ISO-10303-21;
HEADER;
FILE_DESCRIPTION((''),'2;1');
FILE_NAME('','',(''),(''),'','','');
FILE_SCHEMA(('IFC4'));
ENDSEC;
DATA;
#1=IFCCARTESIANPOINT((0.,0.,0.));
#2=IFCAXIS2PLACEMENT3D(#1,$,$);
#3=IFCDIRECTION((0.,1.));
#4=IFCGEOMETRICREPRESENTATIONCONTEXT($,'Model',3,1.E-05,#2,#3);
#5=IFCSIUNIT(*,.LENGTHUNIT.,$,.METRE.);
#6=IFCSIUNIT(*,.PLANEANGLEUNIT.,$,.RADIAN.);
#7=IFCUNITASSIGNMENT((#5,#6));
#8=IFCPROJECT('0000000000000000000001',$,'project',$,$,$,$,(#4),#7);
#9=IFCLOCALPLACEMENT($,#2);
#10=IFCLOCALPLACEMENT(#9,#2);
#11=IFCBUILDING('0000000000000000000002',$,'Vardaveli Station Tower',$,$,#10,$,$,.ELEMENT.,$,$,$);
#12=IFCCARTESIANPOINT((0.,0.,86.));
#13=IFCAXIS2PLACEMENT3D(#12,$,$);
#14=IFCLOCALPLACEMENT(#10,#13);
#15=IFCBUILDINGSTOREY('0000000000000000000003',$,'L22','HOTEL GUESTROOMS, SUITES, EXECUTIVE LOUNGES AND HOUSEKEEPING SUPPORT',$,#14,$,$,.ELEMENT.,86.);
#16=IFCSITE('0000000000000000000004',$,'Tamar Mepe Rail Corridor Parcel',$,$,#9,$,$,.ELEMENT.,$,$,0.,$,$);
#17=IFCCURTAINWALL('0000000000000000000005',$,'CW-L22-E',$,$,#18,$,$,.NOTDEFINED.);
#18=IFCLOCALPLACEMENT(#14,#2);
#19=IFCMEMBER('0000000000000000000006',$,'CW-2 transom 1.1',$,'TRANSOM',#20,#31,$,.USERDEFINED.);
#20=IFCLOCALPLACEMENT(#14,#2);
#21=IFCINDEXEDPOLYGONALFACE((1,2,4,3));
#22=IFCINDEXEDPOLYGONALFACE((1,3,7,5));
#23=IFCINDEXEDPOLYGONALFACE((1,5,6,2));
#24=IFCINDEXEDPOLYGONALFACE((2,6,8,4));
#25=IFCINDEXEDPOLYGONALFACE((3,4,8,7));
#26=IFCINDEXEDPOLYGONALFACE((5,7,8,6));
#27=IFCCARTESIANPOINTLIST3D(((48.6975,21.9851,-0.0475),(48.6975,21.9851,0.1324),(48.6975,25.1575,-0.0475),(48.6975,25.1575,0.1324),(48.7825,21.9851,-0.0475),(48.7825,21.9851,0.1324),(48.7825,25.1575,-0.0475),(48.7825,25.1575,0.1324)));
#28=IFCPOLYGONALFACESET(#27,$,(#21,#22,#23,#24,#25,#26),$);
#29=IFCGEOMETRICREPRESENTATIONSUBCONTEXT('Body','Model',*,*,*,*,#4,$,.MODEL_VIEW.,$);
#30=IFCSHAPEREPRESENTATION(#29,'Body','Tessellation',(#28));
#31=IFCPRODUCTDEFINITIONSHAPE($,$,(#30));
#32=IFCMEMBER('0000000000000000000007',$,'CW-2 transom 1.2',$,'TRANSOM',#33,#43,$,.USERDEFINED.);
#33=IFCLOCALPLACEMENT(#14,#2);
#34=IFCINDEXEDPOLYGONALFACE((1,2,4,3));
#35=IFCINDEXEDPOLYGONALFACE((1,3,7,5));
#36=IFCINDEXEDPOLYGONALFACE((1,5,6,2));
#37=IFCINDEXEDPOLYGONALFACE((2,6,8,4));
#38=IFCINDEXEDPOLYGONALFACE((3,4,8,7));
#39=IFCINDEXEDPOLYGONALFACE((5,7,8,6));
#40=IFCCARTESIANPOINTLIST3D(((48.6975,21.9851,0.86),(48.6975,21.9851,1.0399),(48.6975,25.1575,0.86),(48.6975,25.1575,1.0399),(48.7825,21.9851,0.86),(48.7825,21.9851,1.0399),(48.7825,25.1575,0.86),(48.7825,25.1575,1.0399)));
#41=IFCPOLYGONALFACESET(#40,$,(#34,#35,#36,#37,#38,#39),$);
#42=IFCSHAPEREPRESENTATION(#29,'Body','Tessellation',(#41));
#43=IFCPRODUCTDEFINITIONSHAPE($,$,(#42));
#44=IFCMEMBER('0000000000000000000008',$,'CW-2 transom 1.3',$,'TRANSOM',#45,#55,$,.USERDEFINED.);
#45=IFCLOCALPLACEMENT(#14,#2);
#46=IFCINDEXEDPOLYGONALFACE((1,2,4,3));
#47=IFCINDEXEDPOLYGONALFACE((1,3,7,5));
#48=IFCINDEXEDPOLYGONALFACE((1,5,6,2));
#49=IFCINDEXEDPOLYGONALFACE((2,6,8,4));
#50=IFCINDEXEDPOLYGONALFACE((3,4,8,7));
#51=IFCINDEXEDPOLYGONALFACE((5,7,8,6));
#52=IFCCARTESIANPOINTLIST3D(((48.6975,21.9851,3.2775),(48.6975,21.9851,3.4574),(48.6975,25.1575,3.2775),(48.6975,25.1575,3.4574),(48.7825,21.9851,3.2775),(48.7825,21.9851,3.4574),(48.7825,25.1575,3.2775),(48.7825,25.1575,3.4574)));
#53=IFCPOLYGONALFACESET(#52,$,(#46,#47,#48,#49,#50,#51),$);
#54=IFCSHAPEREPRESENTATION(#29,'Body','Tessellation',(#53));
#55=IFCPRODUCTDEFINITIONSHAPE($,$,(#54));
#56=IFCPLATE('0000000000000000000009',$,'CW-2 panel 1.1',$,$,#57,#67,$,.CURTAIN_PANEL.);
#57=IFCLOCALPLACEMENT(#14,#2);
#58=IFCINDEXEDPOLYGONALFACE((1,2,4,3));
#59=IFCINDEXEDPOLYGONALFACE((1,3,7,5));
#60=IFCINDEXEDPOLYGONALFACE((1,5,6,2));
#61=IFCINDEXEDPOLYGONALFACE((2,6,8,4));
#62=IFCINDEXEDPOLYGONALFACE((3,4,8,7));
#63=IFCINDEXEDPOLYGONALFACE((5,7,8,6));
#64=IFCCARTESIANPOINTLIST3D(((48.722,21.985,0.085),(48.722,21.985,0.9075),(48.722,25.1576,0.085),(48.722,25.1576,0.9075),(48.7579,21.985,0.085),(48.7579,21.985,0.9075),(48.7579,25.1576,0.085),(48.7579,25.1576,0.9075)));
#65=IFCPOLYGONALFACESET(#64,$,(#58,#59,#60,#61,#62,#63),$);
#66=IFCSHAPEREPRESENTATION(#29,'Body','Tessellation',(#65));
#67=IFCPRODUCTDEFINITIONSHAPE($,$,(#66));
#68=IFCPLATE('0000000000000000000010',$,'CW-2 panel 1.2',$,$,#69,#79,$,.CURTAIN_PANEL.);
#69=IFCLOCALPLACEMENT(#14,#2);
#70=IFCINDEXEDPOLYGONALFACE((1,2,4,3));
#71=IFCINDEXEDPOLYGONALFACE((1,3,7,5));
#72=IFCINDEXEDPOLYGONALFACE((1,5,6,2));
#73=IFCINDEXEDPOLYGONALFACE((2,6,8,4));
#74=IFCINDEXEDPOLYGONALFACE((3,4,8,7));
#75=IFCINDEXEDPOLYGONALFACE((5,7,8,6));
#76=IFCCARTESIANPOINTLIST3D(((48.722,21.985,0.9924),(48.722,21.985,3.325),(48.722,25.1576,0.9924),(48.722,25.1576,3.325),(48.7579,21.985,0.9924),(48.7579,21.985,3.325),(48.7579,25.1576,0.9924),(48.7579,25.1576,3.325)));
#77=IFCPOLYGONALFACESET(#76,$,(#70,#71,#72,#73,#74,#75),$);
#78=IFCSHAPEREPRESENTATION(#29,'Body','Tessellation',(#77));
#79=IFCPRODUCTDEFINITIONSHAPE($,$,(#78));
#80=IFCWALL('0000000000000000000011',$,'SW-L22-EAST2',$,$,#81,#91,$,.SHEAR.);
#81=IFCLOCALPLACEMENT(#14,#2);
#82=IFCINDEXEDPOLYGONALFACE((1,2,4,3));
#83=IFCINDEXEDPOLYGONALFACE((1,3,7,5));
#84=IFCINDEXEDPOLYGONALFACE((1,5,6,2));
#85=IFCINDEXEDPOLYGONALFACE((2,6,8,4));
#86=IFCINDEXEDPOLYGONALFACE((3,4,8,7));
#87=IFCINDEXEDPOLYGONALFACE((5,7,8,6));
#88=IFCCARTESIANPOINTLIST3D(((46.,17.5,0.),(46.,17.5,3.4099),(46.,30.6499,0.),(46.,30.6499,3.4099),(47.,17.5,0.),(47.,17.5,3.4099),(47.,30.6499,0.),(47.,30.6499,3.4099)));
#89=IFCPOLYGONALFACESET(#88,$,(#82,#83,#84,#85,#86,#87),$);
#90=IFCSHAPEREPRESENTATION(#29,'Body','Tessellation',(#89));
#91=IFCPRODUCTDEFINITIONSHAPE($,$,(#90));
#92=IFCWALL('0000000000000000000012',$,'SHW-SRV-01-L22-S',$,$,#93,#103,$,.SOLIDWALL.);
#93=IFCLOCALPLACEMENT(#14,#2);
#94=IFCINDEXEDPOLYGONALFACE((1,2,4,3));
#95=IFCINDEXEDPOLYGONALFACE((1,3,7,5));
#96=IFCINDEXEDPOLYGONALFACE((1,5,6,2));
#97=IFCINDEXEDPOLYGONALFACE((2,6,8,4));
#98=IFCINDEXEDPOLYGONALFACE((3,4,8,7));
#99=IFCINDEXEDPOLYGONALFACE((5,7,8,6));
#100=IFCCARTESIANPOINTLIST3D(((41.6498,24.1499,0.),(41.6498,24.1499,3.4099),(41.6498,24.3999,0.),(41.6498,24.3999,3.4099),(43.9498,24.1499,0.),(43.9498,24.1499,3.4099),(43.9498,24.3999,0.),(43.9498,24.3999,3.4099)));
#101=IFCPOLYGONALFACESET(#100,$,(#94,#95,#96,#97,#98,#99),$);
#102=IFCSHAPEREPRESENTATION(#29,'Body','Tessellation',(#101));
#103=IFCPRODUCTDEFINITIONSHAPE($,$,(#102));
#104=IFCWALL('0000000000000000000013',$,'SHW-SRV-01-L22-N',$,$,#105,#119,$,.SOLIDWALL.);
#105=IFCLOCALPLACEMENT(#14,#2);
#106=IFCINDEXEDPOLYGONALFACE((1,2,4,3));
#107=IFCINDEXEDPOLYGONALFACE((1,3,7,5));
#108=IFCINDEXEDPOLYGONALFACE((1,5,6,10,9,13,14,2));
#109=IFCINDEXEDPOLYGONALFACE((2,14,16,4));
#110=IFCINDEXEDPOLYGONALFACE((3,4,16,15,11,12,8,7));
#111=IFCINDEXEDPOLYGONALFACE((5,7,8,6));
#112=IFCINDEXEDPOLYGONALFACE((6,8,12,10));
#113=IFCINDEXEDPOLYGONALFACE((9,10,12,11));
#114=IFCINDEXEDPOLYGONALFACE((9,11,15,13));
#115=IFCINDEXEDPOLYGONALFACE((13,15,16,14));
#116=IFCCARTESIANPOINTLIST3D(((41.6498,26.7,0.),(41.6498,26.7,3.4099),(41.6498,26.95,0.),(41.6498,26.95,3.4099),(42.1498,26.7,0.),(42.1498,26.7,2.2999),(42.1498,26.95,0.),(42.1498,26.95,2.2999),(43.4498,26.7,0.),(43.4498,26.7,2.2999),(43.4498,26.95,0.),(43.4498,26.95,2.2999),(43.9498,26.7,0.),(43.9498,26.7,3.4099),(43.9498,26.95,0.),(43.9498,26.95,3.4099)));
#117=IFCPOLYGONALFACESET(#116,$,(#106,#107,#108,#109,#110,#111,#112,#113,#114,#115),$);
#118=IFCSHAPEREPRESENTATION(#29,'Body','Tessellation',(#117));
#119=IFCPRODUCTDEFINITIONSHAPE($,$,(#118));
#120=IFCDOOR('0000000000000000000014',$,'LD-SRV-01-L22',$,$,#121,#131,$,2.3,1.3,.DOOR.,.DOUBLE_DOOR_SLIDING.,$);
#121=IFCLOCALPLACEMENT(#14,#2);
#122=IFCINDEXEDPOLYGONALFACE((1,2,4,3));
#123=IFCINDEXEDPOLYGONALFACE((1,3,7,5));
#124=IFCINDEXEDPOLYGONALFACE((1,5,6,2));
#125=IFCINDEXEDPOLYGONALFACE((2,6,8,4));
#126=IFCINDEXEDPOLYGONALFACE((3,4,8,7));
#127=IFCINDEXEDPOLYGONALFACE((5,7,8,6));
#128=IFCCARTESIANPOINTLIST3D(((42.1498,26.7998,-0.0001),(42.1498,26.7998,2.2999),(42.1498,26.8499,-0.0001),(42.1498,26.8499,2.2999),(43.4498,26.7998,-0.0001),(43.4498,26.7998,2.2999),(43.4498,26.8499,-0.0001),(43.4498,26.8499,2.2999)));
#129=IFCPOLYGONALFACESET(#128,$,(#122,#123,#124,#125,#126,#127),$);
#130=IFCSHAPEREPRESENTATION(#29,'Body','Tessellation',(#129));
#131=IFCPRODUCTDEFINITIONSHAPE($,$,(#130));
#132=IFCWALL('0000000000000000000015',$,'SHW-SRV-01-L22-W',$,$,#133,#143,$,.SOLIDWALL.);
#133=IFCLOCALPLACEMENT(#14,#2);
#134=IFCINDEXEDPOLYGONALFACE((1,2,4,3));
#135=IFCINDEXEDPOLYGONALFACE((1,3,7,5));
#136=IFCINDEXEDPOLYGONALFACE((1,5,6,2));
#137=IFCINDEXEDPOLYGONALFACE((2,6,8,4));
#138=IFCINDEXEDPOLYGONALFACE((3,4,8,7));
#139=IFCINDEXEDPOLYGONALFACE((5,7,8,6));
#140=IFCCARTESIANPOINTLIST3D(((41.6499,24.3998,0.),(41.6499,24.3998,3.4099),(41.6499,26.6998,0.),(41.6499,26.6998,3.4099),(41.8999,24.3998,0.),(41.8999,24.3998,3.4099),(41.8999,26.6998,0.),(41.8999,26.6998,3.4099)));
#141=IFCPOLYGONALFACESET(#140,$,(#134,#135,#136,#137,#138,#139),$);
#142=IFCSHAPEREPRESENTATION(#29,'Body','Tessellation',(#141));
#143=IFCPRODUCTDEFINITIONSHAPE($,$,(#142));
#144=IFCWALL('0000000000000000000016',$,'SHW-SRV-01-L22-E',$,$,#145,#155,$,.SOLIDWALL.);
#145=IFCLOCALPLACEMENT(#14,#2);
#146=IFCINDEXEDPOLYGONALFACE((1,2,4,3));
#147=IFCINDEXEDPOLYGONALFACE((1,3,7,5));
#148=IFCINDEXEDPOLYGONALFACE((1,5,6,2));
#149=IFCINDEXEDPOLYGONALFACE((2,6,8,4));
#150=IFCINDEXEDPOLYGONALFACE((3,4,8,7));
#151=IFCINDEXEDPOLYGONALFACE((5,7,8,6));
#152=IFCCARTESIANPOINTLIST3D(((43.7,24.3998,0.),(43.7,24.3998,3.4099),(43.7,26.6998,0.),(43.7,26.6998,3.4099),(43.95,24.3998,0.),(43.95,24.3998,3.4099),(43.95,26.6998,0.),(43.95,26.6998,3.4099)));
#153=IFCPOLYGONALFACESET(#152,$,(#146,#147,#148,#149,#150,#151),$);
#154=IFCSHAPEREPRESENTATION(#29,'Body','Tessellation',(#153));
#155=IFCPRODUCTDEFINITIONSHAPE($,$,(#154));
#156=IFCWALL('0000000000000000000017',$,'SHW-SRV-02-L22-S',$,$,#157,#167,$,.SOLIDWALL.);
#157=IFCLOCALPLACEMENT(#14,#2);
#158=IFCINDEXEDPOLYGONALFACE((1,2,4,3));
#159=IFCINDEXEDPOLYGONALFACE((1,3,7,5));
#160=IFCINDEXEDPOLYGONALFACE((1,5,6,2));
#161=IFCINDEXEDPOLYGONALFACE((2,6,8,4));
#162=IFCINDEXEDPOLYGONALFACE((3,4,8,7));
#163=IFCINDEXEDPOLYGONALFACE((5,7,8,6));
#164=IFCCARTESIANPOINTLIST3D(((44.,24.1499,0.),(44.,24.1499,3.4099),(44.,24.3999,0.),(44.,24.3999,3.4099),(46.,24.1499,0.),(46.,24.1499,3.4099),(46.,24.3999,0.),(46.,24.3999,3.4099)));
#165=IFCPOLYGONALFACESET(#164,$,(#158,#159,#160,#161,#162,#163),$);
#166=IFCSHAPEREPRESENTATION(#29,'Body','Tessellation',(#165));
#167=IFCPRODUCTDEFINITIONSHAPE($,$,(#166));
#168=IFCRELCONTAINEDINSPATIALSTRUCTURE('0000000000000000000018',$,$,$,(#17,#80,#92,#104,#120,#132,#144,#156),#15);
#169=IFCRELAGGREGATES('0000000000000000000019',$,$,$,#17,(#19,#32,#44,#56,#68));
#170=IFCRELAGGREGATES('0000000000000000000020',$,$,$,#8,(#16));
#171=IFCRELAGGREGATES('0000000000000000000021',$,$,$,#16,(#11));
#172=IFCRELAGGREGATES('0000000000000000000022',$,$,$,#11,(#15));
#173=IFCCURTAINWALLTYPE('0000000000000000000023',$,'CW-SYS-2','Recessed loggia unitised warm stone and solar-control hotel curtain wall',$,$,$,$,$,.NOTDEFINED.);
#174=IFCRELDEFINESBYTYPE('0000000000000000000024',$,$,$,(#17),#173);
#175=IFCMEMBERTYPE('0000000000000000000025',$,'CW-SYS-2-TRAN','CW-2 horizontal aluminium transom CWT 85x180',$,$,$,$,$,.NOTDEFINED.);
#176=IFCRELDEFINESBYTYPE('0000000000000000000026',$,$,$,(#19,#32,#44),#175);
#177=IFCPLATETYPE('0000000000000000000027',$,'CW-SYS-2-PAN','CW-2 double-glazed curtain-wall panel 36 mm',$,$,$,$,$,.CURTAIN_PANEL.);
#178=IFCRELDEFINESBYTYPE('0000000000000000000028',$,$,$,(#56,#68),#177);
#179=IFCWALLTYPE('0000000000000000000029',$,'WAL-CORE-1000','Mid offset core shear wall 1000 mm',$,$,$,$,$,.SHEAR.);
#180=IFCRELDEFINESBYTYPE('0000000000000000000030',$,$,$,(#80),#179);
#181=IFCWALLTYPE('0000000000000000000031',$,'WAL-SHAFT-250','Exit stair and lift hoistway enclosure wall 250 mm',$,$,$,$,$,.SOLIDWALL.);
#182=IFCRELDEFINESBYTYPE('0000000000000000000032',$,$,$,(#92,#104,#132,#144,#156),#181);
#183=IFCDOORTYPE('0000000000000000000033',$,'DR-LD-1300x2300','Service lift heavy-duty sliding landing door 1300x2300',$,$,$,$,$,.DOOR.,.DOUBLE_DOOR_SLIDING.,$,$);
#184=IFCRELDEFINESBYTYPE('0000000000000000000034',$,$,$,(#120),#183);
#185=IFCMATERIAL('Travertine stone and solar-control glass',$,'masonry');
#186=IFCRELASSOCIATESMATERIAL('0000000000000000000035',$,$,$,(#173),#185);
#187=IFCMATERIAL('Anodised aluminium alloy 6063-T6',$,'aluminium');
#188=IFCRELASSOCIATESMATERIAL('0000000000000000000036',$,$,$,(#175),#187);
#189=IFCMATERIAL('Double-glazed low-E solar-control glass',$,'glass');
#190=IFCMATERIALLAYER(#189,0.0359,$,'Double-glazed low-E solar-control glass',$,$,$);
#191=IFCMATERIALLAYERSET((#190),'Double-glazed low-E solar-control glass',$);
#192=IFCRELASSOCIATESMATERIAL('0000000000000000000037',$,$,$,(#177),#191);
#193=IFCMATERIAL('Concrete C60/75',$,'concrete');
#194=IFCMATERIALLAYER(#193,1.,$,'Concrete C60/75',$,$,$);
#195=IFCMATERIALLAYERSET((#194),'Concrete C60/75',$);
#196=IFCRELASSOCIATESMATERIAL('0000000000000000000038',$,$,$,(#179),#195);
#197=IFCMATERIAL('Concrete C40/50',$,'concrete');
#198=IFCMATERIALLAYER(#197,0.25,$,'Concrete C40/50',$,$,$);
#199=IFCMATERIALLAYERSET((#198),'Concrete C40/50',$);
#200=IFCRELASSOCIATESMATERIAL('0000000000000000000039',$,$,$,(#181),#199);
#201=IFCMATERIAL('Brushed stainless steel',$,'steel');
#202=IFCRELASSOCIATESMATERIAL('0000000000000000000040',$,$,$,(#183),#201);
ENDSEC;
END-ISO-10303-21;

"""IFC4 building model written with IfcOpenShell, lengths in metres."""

from ifc_helpers import new_model, si_unit, direction, frame, frame_2d, origin, origin_2d, place, context, subcontext, project, spatial, rectangle, extrude, source, transform, mapped, material, layer, layer_set, material_profile, profile_set, type_object, element, fill, aggregate, save


model = new_model("IFC4")

# Units and contexts
model_context = context("Model", 3, precision=1e-05, world=origin(), true_north=direction((0.0, 1.0)))
body_context = subcontext(model_context, "Body", "Model", "MODEL_VIEW")
ifc_project = project(units=[si_unit("LENGTHUNIT", "METRE"), si_unit("PLANEANGLEUNIT", "RADIAN")], contexts=[model_context])

# Site, building, storey
site_placement = place(None, origin())
site = spatial("IfcSite", under=ifc_project, at=site_placement, Name="Tamar Mepe Rail Corridor Parcel", CompositionType="ELEMENT", RefElevation=0.0)
building_placement = place(site_placement, origin())
building = spatial("IfcBuilding", under=site, at=building_placement, Name="Vardaveli Station Tower", CompositionType="ELEMENT")
storey_placement = place(building_placement, frame((0.0, 0.0, 86.0)))
storey = spatial("IfcBuildingStorey", under=building, at=storey_placement, Name="L22", Description="HOTEL GUESTROOMS, SUITES, EXECUTIVE LOUNGES AND HOUSEKEEPING SUPPORT", CompositionType="ELEMENT", Elevation=86.0)

# Curtain wall, members, plates
ifc_material_1 = material(Name="Travertine stone and solar-control glass", Category="masonry")
curtain_wall_type = type_object("IfcCurtainWallType", Name="CW-SYS-2", Description="Recessed loggia unitised warm stone and solar-control hotel curtain wall", PredefinedType="NOTDEFINED", material=ifc_material_1)
curtain_wall_placement = place(storey_placement, origin())
curtain_wall = element("IfcCurtainWall", 1, at=curtain_wall_placement, inside=storey, type_object=curtain_wall_type, Name="CW-L22-E", PredefinedType="NOTDEFINED")
ifc_material_2 = material(Name="Anodised aluminium alloy 6063-T6", Category="aluminium")
ifc_material_profile_1 = material_profile(ifc_material_2, rectangle(XDim=0.085, YDim=0.1799, at=origin_2d()), Name="CWT 85x180")
ifc_profile_set_1 = profile_set([ifc_material_profile_1], Name="Anodised aluminium alloy 6063-T6")
member_type_1 = type_object("IfcMemberType", Name="CW-SYS-2-TRAN", Description="CW-2 horizontal aluminium transom CWT 85x180", PredefinedType="NOTDEFINED", material=ifc_profile_set_1)
shared_shape_1 = source(origin(), body_context, "Body", "SweptSolid", [
    extrude(rectangle(XDim=0.085, YDim=0.1799, at=origin_2d()), origin(), (0.0, 0.0, 1.0), 3.1724),
])
member_1_placement = place(storey_placement, frame((48.74, 21.9851, 0.0425), z_axis=(0.0, 1.0, 0.0), x_axis=(-1.0, 0.0, 0.0)))
member_1 = element("IfcMember", 2, at=member_1_placement, type_object=member_type_1, Name="CW-2 transom 1.1", ObjectType="TRANSOM", PredefinedType="USERDEFINED", context=body_context, shape_type="MappedRepresentation", body=[
    mapped(shared_shape_1, transform((0.0, 0.0, 0.0), scale=1.0)),
])
member_2_placement = place(storey_placement, frame((48.74, 21.9851, 0.95), z_axis=(0.0, 1.0, 0.0), x_axis=(-1.0, 0.0, 0.0)))
member_2 = element("IfcMember", 3, at=member_2_placement, type_object=member_type_1, Name="CW-2 transom 1.2", ObjectType="TRANSOM", PredefinedType="USERDEFINED", context=body_context, shape_type="MappedRepresentation", body=[
    mapped(shared_shape_1, transform((0.0, 0.0, 0.0), scale=1.0)),
])
member_3_placement = place(storey_placement, frame((48.74, 21.9851, 3.3674), z_axis=(0.0, 1.0, 0.0), x_axis=(-1.0, 0.0, 0.0)))
member_3 = element("IfcMember", 4, at=member_3_placement, type_object=member_type_1, Name="CW-2 transom 1.3", ObjectType="TRANSOM", PredefinedType="USERDEFINED", context=body_context, shape_type="MappedRepresentation", body=[
    mapped(shared_shape_1, transform((0.0, 0.0, 0.0), scale=1.0)),
])
ifc_material_3 = material(Name="Double-glazed low-E solar-control glass", Category="glass")
ifc_layer_1 = layer(ifc_material_3, 0.0359, Name="Double-glazed low-E solar-control glass")
ifc_layer_set_1 = layer_set([ifc_layer_1], Name="Double-glazed low-E solar-control glass")
plate_type = type_object("IfcPlateType", Name="CW-SYS-2-PAN", Description="CW-2 double-glazed curtain-wall panel 36 mm", PredefinedType="CURTAIN_PANEL", material=ifc_layer_set_1)
shared_shape_2 = source(origin(), body_context, "Body", "SweptSolid", [
    extrude(rectangle(XDim=3.1726, YDim=0.0359, at=origin_2d()), origin(), (0.0, 0.0, 1.0), 0.8225),
])
plate_1_placement = place(storey_placement, frame((48.74, 23.5713, 0.085), z_axis=(0.0, 0.0, 1.0), x_axis=(0.0, 1.0, 0.0)))
plate_1 = element("IfcPlate", 5, at=plate_1_placement, type_object=plate_type, Name="CW-2 panel 1.1", PredefinedType="CURTAIN_PANEL", context=body_context, shape_type="MappedRepresentation", body=[
    mapped(shared_shape_2, transform((0.0, 0.0, 0.0), scale=1.0)),
])
shared_shape_3 = source(origin(), body_context, "Body", "SweptSolid", [
    extrude(rectangle(XDim=3.1726, YDim=0.0359, at=origin_2d()), origin(), (0.0, 0.0, 1.0), 2.3325),
])
plate_2_placement = place(storey_placement, frame((48.74, 23.5713, 0.9924), z_axis=(0.0, 0.0, 1.0), x_axis=(0.0, 1.0, 0.0)))
plate_2 = element("IfcPlate", 6, at=plate_2_placement, type_object=plate_type, Name="CW-2 panel 1.2", PredefinedType="CURTAIN_PANEL", context=body_context, shape_type="MappedRepresentation", body=[
    mapped(shared_shape_3, transform((0.0, 0.0, 0.0), scale=1.0)),
])
aggregate(curtain_wall, [member_1, member_2, member_3, plate_1, plate_2])

# Walls
ifc_material_4 = material(Name="Concrete C60/75", Category="concrete")
ifc_layer_2 = layer(ifc_material_4, 1.0, Name="Concrete C60/75")
ifc_layer_set_2 = layer_set([ifc_layer_2], Name="Concrete C60/75")
wall_type_1 = type_object("IfcWallType", Name="WAL-CORE-1000", Description="Mid offset core shear wall 1000 mm", PredefinedType="SHEAR", material=ifc_layer_set_2)
shared_shape_4 = source(origin(), body_context, "Body", "SweptSolid", [
    extrude(rectangle(XDim=13.1499, YDim=1.0, at=frame_2d((6.575, 0.0))), origin(), (0.0, 0.0, 1.0), 3.4099),
])
wall_1_placement = place(storey_placement, frame((46.5, 17.5, 0.0), z_axis=(0.0, 0.0, 1.0), x_axis=(0.0, 1.0, 0.0)))
element("IfcWall", 7, at=wall_1_placement, inside=storey, type_object=wall_type_1, Name="SW-L22-EAST2", PredefinedType="SHEAR", context=body_context, shape_type="MappedRepresentation", body=[
    mapped(shared_shape_4, transform((0.0, 0.0, 0.0), scale=1.0)),
])
ifc_material_5 = material(Name="Concrete C40/50", Category="concrete")
ifc_layer_3 = layer(ifc_material_5, 0.25, Name="Concrete C40/50")
ifc_layer_set_3 = layer_set([ifc_layer_3], Name="Concrete C40/50")
wall_type_2 = type_object("IfcWallType", Name="WAL-SHAFT-250", Description="Exit stair and lift hoistway enclosure wall 250 mm", PredefinedType="SOLIDWALL", material=ifc_layer_set_3)
shared_shape_5 = source(origin(), body_context, "Body", "SweptSolid", [
    extrude(rectangle(XDim=2.3, YDim=0.25, at=frame_2d((1.1499, 0.0))), origin(), (0.0, 0.0, 1.0), 3.4099),
])
wall_2_placement = place(storey_placement, frame((41.6499, 24.2749, 0.0), z_axis=(0.0, 0.0, 1.0), x_axis=(1.0, 0.0, 0.0)))
element("IfcWall", 8, at=wall_2_placement, inside=storey, type_object=wall_type_2, Name="SHW-SRV-01-L22-S", PredefinedType="SOLIDWALL", context=body_context, shape_type="MappedRepresentation", body=[
    mapped(shared_shape_5, transform((0.0, 0.0, 0.0), scale=1.0)),
])

# Wall, opening, door
wall_3_placement = place(storey_placement, frame((41.6499, 26.825, 0.0), z_axis=(0.0, 0.0, 1.0), x_axis=(1.0, 0.0, 0.0)))
wall_3 = element("IfcWall", 9, at=wall_3_placement, inside=storey, type_object=wall_type_2, Name="SHW-SRV-01-L22-N", PredefinedType="SOLIDWALL", context=body_context, shape_type="MappedRepresentation", body=[
    mapped(shared_shape_5, transform((0.0, 0.0, 0.0), scale=1.0)),
])
shared_shape_6 = source(origin(), body_context, "Body", "SweptSolid", [
    extrude(rectangle(XDim=1.3, YDim=2.3, at=frame_2d((0.6499, 1.1499))), frame((0.0, 0.135, 0.0), z_axis=(0.0, -1.0, 0.0), x_axis=(1.0, 0.0, 0.0)), (0.0, 0.0, 1.0), 0.27),
])
opening_placement = place(wall_3_placement, frame((0.5, 0.0, 0.0)))
opening = element("IfcOpeningElement", 10, at=opening_placement, cuts=wall_3, PredefinedType="OPENING", context=body_context, shape_type="MappedRepresentation", body=[
    mapped(shared_shape_6, transform((0.0, 0.0, 0.0), scale=1.0)),
])
ifc_material_6 = material(Name="Brushed stainless steel", Category="steel")
door_type = type_object("IfcDoorType", Name="DR-LD-1300x2300", Description="Service lift heavy-duty sliding landing door 1300x2300", OperationType="DOUBLE_DOOR_SLIDING", PredefinedType="DOOR", material=ifc_material_6)
shared_shape_7 = source(origin(), body_context, "Body", "SweptSolid", [
    extrude(rectangle(XDim=1.3, YDim=2.3, at=frame_2d((0.6499, 1.1499))), frame((0.0, 0.0249, 0.0), z_axis=(0.0, -1.0, 0.0), x_axis=(1.0, 0.0, 0.0)), (0.0, 0.0, 1.0), 0.05),
])
door_placement = place(opening_placement, origin())
door = element("IfcDoor", 11, at=door_placement, inside=storey, type_object=door_type, Name="LD-SRV-01-L22", OperationType="DOUBLE_DOOR_SLIDING", OverallHeight=2.3, OverallWidth=1.3, PredefinedType="DOOR", context=body_context, shape_type="MappedRepresentation", body=[
    mapped(shared_shape_7, transform((0.0, 0.0, 0.0), scale=1.0)),
])
fill(opening, door)

# Walls
for number, where, z_axis, x_axis, name in (
    (12, (41.7749, 24.3999, 0.0), (0.0, 0.0, 1.0), (0.0, 1.0, 0.0), "SHW-SRV-01-L22-W"),
    (13, (43.825, 24.3999, 0.0), (0.0, 0.0, 1.0), (0.0, 1.0, 0.0), "SHW-SRV-01-L22-E"),
):
    element("IfcWall", number, at=place(storey_placement, frame(where, z_axis=z_axis, x_axis=x_axis)), inside=storey, type_object=wall_type_2, Name=name, PredefinedType="SOLIDWALL", context=body_context, shape_type="MappedRepresentation", body=[
        mapped(shared_shape_5, transform((0.0, 0.0, 0.0), scale=1.0)),
    ])
shared_shape_8 = source(origin(), body_context, "Body", "SweptSolid", [
    extrude(rectangle(XDim=2.0, YDim=0.25, at=frame_2d((1.0, 0.0))), origin(), (0.0, 0.0, 1.0), 3.4099),
])
wall_4_placement = place(storey_placement, frame((44.0, 24.2749, 0.0), z_axis=(0.0, 0.0, 1.0), x_axis=(1.0, 0.0, 0.0)))
element("IfcWall", 14, at=wall_4_placement, inside=storey, type_object=wall_type_2, Name="SHW-SRV-02-L22-S", PredefinedType="SOLIDWALL", context=body_context, shape_type="MappedRepresentation", body=[
    mapped(shared_shape_8, transform((0.0, 0.0, 0.0), scale=1.0)),
])

save(model, "model.ifc")
